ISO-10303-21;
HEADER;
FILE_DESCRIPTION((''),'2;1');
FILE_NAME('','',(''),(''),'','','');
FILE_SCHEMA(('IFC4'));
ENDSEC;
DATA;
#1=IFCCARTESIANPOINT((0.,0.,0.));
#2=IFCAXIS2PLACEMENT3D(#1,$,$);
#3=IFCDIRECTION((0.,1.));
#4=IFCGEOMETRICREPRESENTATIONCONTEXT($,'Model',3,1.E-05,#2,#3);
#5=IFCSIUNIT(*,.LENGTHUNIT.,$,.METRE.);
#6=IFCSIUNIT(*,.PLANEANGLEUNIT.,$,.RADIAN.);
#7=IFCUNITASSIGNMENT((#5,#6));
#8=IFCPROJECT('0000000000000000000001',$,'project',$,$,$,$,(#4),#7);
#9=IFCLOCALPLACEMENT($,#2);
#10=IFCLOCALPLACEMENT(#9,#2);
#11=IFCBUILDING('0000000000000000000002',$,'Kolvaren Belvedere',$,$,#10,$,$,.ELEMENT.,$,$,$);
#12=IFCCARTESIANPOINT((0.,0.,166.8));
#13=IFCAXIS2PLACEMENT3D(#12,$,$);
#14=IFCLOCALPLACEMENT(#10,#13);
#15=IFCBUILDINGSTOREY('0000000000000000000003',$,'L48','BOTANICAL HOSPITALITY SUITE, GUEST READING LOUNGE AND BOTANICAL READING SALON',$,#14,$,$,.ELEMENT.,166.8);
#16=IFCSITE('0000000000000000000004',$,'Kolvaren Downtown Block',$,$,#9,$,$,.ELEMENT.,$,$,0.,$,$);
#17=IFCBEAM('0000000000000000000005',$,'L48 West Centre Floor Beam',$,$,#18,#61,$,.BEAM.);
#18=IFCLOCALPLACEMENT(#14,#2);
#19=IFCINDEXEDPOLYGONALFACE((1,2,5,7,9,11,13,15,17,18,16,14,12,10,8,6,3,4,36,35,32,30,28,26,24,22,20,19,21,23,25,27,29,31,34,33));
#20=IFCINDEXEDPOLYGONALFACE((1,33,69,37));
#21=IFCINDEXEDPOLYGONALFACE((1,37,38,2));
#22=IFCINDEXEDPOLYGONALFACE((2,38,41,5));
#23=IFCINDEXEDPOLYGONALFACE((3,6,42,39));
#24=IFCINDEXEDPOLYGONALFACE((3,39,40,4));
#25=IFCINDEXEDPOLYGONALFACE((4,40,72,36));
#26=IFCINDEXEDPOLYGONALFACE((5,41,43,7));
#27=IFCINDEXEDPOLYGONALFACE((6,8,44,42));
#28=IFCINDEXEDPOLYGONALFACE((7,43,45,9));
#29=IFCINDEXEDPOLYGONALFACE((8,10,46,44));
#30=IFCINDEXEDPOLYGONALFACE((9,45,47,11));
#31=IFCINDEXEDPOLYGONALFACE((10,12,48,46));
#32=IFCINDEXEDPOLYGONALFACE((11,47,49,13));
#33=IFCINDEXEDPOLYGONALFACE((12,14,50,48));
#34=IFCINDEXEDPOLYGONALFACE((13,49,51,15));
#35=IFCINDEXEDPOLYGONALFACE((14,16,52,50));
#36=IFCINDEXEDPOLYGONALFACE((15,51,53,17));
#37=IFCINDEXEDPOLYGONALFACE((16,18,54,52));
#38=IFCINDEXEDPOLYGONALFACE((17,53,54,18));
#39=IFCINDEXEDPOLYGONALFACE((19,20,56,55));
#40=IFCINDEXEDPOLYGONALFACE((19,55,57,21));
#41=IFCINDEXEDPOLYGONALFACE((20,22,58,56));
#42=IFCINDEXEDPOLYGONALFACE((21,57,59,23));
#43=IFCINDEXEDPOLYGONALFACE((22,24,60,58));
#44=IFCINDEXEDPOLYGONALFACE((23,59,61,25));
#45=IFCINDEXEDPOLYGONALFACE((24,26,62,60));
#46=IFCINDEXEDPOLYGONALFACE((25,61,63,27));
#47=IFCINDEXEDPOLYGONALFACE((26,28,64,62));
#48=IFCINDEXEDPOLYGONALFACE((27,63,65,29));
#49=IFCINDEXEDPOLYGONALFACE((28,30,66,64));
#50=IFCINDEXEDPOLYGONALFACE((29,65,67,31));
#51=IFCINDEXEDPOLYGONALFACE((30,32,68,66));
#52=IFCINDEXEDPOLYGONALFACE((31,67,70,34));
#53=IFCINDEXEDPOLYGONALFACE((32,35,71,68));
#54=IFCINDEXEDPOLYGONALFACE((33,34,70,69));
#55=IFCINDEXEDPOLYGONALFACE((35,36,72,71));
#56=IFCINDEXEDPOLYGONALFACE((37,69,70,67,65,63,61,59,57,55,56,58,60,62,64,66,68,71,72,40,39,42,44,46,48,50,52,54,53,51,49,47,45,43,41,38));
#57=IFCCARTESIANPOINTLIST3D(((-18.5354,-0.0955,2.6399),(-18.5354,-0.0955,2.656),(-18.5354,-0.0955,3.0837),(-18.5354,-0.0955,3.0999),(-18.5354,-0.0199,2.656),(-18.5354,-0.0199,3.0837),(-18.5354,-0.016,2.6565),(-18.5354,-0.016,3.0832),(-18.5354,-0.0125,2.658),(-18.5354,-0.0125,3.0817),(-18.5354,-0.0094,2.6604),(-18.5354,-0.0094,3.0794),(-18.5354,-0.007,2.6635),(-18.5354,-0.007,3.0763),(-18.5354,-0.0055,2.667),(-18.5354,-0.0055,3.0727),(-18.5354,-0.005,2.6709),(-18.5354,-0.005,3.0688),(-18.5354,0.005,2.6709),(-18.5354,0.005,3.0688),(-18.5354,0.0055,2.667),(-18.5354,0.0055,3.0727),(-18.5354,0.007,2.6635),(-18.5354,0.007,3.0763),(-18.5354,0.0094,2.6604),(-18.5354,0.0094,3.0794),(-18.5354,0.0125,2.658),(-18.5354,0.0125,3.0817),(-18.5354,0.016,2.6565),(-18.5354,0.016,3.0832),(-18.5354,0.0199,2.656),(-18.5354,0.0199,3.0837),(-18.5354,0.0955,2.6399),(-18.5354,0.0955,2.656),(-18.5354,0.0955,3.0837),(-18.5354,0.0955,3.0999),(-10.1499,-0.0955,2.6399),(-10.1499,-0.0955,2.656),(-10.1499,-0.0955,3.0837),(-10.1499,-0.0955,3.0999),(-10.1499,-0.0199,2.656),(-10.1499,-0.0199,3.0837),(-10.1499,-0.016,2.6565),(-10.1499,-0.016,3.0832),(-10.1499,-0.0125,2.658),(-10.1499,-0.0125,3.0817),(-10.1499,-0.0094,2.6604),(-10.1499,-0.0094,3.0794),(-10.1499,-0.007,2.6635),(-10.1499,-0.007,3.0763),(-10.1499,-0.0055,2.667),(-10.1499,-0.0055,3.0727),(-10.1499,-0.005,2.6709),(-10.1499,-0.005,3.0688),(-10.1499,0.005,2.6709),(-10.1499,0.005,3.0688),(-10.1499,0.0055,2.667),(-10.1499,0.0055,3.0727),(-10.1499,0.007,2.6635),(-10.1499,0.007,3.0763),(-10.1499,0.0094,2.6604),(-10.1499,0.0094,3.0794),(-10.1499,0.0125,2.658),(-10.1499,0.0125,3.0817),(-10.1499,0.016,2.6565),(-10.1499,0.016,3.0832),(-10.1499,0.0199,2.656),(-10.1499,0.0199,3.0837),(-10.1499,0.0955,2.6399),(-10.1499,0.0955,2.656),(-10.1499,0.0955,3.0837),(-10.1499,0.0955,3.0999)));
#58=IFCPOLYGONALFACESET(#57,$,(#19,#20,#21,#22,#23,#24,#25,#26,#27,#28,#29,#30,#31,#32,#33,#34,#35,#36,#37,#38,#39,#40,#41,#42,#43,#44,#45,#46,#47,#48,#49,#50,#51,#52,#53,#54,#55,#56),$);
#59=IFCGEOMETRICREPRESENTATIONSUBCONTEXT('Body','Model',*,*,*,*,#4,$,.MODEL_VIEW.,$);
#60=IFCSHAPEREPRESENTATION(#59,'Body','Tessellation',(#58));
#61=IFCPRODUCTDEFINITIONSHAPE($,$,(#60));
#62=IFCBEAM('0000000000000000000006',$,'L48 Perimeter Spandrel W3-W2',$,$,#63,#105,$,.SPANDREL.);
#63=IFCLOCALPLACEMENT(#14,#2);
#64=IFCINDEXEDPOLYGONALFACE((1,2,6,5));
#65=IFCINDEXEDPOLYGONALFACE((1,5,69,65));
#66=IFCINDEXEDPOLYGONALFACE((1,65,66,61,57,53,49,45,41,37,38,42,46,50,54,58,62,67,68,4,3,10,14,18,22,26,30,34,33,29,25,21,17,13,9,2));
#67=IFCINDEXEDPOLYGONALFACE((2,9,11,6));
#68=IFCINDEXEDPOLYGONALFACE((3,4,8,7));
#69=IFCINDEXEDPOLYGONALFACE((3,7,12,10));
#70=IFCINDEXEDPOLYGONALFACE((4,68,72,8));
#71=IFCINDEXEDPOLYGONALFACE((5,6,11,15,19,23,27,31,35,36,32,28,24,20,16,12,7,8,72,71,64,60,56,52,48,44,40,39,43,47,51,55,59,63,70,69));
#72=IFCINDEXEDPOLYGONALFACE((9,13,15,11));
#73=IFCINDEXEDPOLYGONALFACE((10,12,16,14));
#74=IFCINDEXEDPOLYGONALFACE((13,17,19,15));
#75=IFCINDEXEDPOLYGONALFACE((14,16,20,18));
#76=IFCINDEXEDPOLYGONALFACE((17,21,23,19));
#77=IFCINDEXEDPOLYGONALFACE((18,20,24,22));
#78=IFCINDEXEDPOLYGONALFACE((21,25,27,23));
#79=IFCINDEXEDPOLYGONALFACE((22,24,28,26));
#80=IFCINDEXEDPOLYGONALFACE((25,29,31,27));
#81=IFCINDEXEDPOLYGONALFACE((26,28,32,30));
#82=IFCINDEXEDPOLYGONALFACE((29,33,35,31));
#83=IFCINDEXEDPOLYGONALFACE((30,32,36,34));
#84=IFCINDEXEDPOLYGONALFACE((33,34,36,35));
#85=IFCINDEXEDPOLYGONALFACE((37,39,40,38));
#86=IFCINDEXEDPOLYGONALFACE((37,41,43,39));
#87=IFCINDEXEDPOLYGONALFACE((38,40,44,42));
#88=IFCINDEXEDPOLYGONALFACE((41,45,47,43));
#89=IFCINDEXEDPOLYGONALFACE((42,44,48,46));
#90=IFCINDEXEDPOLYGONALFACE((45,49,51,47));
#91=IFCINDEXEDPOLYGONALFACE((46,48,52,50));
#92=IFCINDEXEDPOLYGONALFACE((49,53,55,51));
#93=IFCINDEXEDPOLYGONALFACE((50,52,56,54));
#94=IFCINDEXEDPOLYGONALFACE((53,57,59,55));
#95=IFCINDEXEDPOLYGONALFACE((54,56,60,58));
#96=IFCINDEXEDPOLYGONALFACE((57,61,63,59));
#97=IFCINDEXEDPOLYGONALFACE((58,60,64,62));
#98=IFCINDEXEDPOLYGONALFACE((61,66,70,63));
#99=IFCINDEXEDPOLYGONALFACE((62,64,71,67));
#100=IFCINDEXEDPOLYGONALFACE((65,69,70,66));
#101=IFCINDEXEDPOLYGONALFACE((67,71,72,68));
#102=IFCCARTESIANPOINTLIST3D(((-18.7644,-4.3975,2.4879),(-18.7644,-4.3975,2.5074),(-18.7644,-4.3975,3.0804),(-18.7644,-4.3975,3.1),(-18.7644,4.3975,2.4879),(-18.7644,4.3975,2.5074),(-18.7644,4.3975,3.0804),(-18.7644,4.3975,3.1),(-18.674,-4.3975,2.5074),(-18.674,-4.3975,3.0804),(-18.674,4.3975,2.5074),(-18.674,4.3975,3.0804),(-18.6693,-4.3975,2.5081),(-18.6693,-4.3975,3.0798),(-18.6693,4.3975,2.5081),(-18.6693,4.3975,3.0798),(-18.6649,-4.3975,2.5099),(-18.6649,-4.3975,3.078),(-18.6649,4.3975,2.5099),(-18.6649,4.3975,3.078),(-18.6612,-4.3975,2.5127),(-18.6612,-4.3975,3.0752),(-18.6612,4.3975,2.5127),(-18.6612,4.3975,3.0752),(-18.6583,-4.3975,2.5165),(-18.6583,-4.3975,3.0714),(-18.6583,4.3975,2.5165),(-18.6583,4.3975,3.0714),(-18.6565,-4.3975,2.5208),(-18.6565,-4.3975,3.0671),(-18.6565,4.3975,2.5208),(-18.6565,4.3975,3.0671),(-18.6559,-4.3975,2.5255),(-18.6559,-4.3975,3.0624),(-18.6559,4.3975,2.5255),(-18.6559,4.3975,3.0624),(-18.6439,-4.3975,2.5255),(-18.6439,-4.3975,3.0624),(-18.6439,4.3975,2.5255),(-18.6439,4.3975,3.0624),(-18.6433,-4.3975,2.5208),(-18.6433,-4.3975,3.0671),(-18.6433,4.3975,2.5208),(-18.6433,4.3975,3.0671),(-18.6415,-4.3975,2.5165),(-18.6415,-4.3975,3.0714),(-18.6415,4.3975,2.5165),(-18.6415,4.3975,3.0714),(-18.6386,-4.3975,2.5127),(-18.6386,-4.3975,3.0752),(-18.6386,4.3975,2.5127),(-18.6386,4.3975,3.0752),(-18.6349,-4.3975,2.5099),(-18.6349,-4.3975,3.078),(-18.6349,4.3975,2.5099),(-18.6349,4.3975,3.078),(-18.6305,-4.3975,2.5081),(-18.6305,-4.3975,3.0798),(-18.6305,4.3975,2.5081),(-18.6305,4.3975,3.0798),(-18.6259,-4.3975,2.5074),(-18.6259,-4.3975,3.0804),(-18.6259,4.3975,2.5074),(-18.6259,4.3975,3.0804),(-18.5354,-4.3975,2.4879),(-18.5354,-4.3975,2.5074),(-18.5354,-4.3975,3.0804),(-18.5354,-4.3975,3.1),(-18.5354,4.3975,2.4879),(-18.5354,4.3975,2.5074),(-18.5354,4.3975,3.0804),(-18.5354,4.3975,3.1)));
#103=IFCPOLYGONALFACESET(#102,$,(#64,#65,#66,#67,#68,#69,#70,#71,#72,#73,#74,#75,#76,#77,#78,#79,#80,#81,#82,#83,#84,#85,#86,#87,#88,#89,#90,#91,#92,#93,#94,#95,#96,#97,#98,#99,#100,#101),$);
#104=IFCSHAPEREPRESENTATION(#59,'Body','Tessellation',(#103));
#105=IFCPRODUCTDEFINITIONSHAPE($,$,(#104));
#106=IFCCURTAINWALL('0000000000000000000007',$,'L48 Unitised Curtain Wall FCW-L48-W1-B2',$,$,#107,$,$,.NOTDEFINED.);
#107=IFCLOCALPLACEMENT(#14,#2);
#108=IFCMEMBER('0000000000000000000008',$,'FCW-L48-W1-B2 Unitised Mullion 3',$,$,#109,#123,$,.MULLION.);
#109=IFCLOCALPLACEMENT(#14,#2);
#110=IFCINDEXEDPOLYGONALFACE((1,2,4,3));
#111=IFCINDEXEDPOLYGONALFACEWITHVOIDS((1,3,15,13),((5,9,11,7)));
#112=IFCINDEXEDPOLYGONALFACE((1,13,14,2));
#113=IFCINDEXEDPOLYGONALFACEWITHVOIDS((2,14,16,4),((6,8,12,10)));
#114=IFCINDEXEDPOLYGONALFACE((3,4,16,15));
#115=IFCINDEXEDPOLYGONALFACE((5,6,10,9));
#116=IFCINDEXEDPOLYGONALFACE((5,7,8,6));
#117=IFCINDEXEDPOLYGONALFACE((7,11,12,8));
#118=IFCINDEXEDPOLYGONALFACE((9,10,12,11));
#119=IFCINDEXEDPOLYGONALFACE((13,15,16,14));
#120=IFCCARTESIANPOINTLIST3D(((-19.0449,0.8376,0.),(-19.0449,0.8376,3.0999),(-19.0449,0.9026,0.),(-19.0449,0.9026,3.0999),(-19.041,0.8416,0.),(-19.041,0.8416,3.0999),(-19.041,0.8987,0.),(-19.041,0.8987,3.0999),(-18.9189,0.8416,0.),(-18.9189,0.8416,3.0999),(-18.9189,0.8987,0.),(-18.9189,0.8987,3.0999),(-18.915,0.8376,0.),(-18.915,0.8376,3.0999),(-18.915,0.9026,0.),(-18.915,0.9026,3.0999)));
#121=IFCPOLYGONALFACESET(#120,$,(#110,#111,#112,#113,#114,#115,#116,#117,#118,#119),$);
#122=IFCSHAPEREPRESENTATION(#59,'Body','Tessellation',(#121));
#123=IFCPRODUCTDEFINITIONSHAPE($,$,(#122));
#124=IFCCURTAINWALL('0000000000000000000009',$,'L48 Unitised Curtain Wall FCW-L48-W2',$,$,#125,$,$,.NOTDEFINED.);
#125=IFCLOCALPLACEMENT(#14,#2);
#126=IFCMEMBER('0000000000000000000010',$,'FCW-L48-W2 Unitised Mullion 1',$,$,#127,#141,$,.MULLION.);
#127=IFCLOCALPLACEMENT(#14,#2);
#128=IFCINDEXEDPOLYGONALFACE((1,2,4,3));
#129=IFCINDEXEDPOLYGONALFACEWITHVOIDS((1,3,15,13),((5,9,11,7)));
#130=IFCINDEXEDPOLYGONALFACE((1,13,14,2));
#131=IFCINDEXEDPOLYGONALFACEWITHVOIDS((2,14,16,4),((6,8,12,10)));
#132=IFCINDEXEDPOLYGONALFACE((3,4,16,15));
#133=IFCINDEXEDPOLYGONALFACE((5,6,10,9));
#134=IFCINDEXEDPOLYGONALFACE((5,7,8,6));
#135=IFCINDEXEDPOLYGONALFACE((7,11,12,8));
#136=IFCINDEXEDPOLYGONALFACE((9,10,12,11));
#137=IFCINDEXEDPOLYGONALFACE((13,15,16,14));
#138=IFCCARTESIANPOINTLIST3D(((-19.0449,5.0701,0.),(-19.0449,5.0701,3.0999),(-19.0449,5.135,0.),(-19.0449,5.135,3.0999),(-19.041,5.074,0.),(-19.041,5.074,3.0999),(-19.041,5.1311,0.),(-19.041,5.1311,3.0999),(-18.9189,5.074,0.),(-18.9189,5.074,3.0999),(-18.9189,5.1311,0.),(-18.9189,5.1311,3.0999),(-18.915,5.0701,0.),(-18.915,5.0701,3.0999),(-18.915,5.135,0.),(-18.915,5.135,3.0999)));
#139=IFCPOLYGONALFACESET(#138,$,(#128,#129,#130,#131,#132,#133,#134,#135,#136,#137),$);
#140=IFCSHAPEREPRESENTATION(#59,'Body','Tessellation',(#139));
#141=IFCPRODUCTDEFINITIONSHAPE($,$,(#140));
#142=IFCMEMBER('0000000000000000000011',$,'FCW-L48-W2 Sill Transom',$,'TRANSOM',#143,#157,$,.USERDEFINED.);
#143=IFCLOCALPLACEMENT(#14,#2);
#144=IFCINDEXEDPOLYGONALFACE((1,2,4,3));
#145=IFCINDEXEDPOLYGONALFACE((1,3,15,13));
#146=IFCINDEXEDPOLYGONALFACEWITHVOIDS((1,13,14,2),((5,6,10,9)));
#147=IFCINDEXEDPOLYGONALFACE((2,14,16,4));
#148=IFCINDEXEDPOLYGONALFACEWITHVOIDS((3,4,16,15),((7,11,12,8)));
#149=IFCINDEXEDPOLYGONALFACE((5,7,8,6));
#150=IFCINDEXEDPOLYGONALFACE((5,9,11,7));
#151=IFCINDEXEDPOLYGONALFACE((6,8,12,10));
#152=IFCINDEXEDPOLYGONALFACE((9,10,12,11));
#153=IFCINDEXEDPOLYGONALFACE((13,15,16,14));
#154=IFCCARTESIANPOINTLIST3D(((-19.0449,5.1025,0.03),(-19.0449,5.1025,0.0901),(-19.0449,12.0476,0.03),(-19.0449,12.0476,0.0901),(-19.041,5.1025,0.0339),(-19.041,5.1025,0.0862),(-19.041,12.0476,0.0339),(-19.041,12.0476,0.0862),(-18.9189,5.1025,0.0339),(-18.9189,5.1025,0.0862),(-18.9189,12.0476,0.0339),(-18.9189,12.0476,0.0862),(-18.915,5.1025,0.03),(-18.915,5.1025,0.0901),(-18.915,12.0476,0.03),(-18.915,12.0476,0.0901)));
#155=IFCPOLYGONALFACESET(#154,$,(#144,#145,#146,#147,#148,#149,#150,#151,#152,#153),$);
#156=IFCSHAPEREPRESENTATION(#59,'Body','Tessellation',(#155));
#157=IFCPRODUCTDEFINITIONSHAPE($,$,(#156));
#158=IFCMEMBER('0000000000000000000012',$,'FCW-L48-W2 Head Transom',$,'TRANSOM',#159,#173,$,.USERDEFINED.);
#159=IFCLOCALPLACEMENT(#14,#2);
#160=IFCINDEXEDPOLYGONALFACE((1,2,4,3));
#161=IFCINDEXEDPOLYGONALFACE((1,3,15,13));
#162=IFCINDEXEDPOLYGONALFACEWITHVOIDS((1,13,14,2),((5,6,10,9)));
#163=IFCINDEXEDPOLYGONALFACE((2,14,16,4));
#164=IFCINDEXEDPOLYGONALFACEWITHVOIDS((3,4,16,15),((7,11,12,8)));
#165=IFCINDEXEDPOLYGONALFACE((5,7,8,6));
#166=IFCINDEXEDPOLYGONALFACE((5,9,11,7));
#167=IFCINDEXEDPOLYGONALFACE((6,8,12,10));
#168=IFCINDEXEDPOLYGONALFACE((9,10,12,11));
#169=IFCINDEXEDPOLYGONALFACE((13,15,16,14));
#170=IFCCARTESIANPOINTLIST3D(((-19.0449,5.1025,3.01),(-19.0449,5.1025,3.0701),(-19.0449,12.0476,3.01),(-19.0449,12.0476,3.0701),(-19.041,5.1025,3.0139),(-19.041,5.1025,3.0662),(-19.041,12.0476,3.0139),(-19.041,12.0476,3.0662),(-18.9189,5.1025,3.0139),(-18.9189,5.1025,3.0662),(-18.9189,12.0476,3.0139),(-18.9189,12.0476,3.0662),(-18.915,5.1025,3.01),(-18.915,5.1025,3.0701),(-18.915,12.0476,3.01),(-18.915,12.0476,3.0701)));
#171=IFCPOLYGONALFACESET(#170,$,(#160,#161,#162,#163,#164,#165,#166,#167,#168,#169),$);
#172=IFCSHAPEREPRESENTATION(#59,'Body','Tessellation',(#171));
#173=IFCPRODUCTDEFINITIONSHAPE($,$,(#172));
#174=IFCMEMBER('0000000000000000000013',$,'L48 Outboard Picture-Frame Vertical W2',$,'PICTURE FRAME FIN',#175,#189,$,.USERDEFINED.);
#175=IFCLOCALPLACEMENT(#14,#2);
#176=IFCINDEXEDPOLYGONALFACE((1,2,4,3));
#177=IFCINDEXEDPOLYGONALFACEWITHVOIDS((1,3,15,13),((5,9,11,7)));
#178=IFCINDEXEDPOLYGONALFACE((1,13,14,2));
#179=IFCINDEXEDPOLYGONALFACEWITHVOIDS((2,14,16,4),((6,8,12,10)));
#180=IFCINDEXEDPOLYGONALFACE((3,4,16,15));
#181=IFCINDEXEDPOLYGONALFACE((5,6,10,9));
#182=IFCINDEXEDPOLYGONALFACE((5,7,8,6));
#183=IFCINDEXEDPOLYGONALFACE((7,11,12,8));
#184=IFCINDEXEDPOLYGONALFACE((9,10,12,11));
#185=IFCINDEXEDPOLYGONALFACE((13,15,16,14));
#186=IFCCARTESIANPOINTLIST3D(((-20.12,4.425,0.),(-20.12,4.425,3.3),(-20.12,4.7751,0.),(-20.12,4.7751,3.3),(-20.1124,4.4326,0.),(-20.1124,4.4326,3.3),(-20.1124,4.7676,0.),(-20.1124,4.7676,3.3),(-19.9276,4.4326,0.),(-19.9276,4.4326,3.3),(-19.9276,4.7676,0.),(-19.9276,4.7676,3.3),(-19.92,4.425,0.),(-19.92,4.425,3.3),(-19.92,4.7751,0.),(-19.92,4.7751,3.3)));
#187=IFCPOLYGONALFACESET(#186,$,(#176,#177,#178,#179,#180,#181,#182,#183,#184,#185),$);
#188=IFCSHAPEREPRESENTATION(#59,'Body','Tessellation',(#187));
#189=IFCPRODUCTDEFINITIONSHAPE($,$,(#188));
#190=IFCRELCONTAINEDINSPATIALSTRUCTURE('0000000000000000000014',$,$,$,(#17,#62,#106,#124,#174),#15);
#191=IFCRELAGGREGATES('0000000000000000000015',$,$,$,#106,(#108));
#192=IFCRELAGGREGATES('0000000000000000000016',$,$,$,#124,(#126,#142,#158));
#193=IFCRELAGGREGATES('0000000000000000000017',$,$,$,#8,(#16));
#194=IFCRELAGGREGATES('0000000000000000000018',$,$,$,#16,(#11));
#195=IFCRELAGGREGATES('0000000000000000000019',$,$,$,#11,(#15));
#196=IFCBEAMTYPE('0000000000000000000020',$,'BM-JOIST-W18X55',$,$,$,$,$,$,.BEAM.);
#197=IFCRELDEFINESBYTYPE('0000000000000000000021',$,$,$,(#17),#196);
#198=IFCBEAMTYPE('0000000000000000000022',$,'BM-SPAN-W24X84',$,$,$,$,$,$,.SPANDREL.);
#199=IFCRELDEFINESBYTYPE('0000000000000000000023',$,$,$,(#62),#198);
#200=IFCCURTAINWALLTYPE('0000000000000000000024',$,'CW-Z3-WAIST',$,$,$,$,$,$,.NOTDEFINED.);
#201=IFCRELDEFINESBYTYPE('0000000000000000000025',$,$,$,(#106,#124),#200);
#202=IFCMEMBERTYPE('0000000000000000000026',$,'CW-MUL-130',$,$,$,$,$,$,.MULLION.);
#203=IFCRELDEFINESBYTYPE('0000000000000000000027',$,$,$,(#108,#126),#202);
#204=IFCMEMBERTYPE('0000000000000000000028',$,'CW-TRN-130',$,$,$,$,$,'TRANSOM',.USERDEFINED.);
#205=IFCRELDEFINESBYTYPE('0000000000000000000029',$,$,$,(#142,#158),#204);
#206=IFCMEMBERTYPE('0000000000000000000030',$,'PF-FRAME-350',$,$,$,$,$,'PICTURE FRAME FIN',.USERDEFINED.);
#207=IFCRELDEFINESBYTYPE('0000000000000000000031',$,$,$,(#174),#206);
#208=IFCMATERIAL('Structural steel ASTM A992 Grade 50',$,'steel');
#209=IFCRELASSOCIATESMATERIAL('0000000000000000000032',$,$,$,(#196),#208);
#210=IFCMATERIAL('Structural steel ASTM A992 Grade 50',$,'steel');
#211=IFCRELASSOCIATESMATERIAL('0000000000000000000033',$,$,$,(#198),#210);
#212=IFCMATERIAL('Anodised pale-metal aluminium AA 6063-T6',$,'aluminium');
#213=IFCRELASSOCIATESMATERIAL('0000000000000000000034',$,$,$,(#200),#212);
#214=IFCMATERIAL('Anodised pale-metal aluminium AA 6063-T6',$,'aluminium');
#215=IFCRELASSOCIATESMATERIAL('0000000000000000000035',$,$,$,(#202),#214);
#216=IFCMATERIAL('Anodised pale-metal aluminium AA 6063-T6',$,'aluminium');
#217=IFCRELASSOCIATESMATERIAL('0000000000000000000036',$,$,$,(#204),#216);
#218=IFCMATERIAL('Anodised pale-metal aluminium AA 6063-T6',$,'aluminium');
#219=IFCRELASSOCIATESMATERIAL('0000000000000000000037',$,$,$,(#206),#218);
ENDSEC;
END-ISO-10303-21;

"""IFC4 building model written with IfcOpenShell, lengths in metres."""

from ifc_helpers import new_model, si_unit, direction, frame, origin, origin_2d, place, context, subcontext, project, spatial, hollow_rectangle, i_section, extrude, material, material_profile, profile_set, type_object, element, aggregate, save


model = new_model("IFC4")

# Units and contexts
model_context = context("Model", 3, precision=1e-05, world=origin(), true_north=direction((0.0, 1.0)))
body_context = subcontext(model_context, "Body", "Model", "MODEL_VIEW")
ifc_project = project(units=[si_unit("LENGTHUNIT", "METRE"), si_unit("PLANEANGLEUNIT", "RADIAN")], contexts=[model_context])

# Site, building, storey
site_placement = place(None, origin())
site = spatial("IfcSite", under=ifc_project, at=site_placement, Name="Kolvaren Downtown Block", CompositionType="ELEMENT", RefElevation=0.0)
building_placement = place(site_placement, origin())
building = spatial("IfcBuilding", under=site, at=building_placement, Name="Kolvaren Belvedere", CompositionType="ELEMENT")
storey_placement = place(building_placement, frame((0.0, 0.0, 166.8)))
storey = spatial("IfcBuildingStorey", under=building, at=storey_placement, Name="L48", Description="BOTANICAL HOSPITALITY SUITE, GUEST READING LOUNGE AND BOTANICAL READING SALON", CompositionType="ELEMENT", Elevation=166.8)

# Beams
ifc_material_1 = material(Name="Structural steel ASTM A992 Grade 50", Category="steel")
ifc_material_profile_1 = material_profile(ifc_material_1, i_section(OverallWidth=0.1909, OverallDepth=0.46, WebThickness=0.01, FlangeThickness=0.0161, FilletRadius=0.0149, at=origin_2d()), Name="W18X55")
ifc_profile_set_1 = profile_set([ifc_material_profile_1], Name="Structural steel ASTM A992 Grade 50")
beam_type_1 = type_object("IfcBeamType", Name="BM-JOIST-W18X55", PredefinedType="BEAM", material=ifc_profile_set_1)
beam_1_placement = place(storey_placement, frame((-10.1499, 0.0, 2.8699), z_axis=(-1.0, 0.0, 0.0), x_axis=(0.0, -1.0, 0.0)))
element("IfcBeam", 1, at=beam_1_placement, inside=storey, type_object=beam_type_1, Name="L48 West Centre Floor Beam", PredefinedType="BEAM", context=body_context, shape_type="SweptSolid", body=[
    extrude(i_section(OverallWidth=0.1909, OverallDepth=0.46, WebThickness=0.01, FlangeThickness=0.0161, FilletRadius=0.0149, at=origin_2d()), origin(), (0.0, 0.0, 1.0), 8.3855),
])
ifc_material_2 = material(Name="Structural steel ASTM A992 Grade 50", Category="steel")
ifc_material_profile_2 = material_profile(ifc_material_2, i_section(OverallWidth=0.229, OverallDepth=0.6121, WebThickness=0.012, FlangeThickness=0.0195, FilletRadius=0.0181, at=origin_2d()), Name="W24X84")
ifc_profile_set_2 = profile_set([ifc_material_profile_2], Name="Structural steel ASTM A992 Grade 50")
beam_type_2 = type_object("IfcBeamType", Name="BM-SPAN-W24X84", PredefinedType="SPANDREL", material=ifc_profile_set_2)
beam_2_placement = place(storey_placement, frame((-18.6499, 4.3975, 2.7939), z_axis=(0.0, -1.0, 0.0), x_axis=(1.0, 0.0, 0.0)))
element("IfcBeam", 2, at=beam_2_placement, inside=storey, type_object=beam_type_2, Name="L48 Perimeter Spandrel W3-W2", PredefinedType="SPANDREL", context=body_context, shape_type="SweptSolid", body=[
    extrude(i_section(OverallWidth=0.229, OverallDepth=0.6121, WebThickness=0.012, FlangeThickness=0.0195, FilletRadius=0.0181, at=origin_2d()), origin(), (0.0, 0.0, 1.0), 8.7949),
])

# Curtain wall, member
ifc_material_3 = material(Name="Anodised pale-metal aluminium AA 6063-T6", Category="aluminium")
curtain_wall_type = type_object("IfcCurtainWallType", Name="CW-Z3-WAIST", PredefinedType="NOTDEFINED", material=ifc_material_3)
curtain_wall_1_placement = place(storey_placement, origin())
curtain_wall_1 = element("IfcCurtainWall", 3, at=curtain_wall_1_placement, inside=storey, type_object=curtain_wall_type, Name="L48 Unitised Curtain Wall FCW-L48-W1-B2", PredefinedType="NOTDEFINED")
ifc_material_4 = material(Name="Anodised pale-metal aluminium AA 6063-T6", Category="aluminium")
ifc_material_profile_3 = material_profile(ifc_material_4, hollow_rectangle(XDim=0.0649, YDim=0.1299, WallThickness=0.0039, at=origin_2d()), Name="ALU-MUL-130X65")
ifc_profile_set_3 = profile_set([ifc_material_profile_3], Name="Anodised pale-metal aluminium AA 6063-T6")
member_type_1 = type_object("IfcMemberType", Name="CW-MUL-130", PredefinedType="MULLION", material=ifc_profile_set_3)
member_1_placement = place(storey_placement, frame((-18.98, 0.8701, 0.0), z_axis=(0.0, 0.0, 1.0), x_axis=(0.0, 1.0, 0.0)))
member_1 = element("IfcMember", 4, at=member_1_placement, type_object=member_type_1, Name="FCW-L48-W1-B2 Unitised Mullion 3", PredefinedType="MULLION", context=body_context, shape_type="SweptSolid", body=[
    extrude(hollow_rectangle(XDim=0.0649, YDim=0.1299, WallThickness=0.0039, at=origin_2d()), origin(), (0.0, 0.0, 1.0), 3.0999),
])
aggregate(curtain_wall_1, [member_1])

# Curtain wall, members
curtain_wall_2_placement = place(storey_placement, origin())
curtain_wall_2 = element("IfcCurtainWall", 5, at=curtain_wall_2_placement, inside=storey, type_object=curtain_wall_type, Name="L48 Unitised Curtain Wall FCW-L48-W2", PredefinedType="NOTDEFINED")
member_2_placement = place(storey_placement, frame((-18.98, 5.1025, 0.0), z_axis=(0.0, 0.0, 1.0), x_axis=(0.0, 1.0, 0.0)))
member_2 = element("IfcMember", 6, at=member_2_placement, type_object=member_type_1, Name="FCW-L48-W2 Unitised Mullion 1", PredefinedType="MULLION", context=body_context, shape_type="SweptSolid", body=[
    extrude(hollow_rectangle(XDim=0.0649, YDim=0.1299, WallThickness=0.0039, at=origin_2d()), origin(), (0.0, 0.0, 1.0), 3.0999),
])
ifc_material_5 = material(Name="Anodised pale-metal aluminium AA 6063-T6", Category="aluminium")
ifc_material_profile_4 = material_profile(ifc_material_5, hollow_rectangle(XDim=0.0601, YDim=0.1299, WallThickness=0.0039, at=origin_2d()), Name="ALU-TRN-130X60")
ifc_profile_set_4 = profile_set([ifc_material_profile_4], Name="Anodised pale-metal aluminium AA 6063-T6")
member_type_2 = type_object("IfcMemberType", Name="CW-TRN-130", ElementType="TRANSOM", PredefinedType="USERDEFINED", material=ifc_profile_set_4)
member_3_placement = place(storey_placement, frame((-18.98, 5.1025, 0.0601), z_axis=(0.0, 1.0, 0.0), x_axis=(0.0, 0.0, 1.0)))
member_3 = element("IfcMember", 7, at=member_3_placement, type_object=member_type_2, Name="FCW-L48-W2 Sill Transom", ObjectType="TRANSOM", PredefinedType="USERDEFINED", context=body_context, shape_type="SweptSolid", body=[
    extrude(hollow_rectangle(XDim=0.0601, YDim=0.1299, WallThickness=0.0039, at=origin_2d()), origin(), (0.0, 0.0, 1.0), 6.9451),
])
member_4_placement = place(storey_placement, frame((-18.98, 5.1025, 3.04), z_axis=(0.0, 1.0, 0.0), x_axis=(0.0, 0.0, 1.0)))
member_4 = element("IfcMember", 8, at=member_4_placement, type_object=member_type_2, Name="FCW-L48-W2 Head Transom", ObjectType="TRANSOM", PredefinedType="USERDEFINED", context=body_context, shape_type="SweptSolid", body=[
    extrude(hollow_rectangle(XDim=0.0601, YDim=0.1299, WallThickness=0.0039, at=origin_2d()), origin(), (0.0, 0.0, 1.0), 6.9451),
])

# Member
ifc_material_6 = material(Name="Anodised pale-metal aluminium AA 6063-T6", Category="aluminium")
ifc_material_profile_5 = material_profile(ifc_material_6, hollow_rectangle(XDim=0.2, YDim=0.3501, WallThickness=0.0076, at=origin_2d()), Name="ALU-PF-350X200")
ifc_profile_set_5 = profile_set([ifc_material_profile_5], Name="Anodised pale-metal aluminium AA 6063-T6")
member_type_3 = type_object("IfcMemberType", Name="PF-FRAME-350", ElementType="PICTURE FRAME FIN", PredefinedType="USERDEFINED", material=ifc_profile_set_5)
member_5_placement = place(storey_placement, frame((-20.02, 4.6001, 0.0), z_axis=(0.0, 0.0, 1.0), x_axis=(1.0, 0.0, 0.0)))
element("IfcMember", 9, at=member_5_placement, inside=storey, type_object=member_type_3, Name="L48 Outboard Picture-Frame Vertical W2", ObjectType="PICTURE FRAME FIN", PredefinedType="USERDEFINED", context=body_context, shape_type="SweptSolid", body=[
    extrude(hollow_rectangle(XDim=0.2, YDim=0.3501, WallThickness=0.0076, at=origin_2d()), origin(), (0.0, 0.0, 1.0), 3.3),
])

aggregate(curtain_wall_2, [member_2, member_3, member_4])

save(model, "model.ifc")
